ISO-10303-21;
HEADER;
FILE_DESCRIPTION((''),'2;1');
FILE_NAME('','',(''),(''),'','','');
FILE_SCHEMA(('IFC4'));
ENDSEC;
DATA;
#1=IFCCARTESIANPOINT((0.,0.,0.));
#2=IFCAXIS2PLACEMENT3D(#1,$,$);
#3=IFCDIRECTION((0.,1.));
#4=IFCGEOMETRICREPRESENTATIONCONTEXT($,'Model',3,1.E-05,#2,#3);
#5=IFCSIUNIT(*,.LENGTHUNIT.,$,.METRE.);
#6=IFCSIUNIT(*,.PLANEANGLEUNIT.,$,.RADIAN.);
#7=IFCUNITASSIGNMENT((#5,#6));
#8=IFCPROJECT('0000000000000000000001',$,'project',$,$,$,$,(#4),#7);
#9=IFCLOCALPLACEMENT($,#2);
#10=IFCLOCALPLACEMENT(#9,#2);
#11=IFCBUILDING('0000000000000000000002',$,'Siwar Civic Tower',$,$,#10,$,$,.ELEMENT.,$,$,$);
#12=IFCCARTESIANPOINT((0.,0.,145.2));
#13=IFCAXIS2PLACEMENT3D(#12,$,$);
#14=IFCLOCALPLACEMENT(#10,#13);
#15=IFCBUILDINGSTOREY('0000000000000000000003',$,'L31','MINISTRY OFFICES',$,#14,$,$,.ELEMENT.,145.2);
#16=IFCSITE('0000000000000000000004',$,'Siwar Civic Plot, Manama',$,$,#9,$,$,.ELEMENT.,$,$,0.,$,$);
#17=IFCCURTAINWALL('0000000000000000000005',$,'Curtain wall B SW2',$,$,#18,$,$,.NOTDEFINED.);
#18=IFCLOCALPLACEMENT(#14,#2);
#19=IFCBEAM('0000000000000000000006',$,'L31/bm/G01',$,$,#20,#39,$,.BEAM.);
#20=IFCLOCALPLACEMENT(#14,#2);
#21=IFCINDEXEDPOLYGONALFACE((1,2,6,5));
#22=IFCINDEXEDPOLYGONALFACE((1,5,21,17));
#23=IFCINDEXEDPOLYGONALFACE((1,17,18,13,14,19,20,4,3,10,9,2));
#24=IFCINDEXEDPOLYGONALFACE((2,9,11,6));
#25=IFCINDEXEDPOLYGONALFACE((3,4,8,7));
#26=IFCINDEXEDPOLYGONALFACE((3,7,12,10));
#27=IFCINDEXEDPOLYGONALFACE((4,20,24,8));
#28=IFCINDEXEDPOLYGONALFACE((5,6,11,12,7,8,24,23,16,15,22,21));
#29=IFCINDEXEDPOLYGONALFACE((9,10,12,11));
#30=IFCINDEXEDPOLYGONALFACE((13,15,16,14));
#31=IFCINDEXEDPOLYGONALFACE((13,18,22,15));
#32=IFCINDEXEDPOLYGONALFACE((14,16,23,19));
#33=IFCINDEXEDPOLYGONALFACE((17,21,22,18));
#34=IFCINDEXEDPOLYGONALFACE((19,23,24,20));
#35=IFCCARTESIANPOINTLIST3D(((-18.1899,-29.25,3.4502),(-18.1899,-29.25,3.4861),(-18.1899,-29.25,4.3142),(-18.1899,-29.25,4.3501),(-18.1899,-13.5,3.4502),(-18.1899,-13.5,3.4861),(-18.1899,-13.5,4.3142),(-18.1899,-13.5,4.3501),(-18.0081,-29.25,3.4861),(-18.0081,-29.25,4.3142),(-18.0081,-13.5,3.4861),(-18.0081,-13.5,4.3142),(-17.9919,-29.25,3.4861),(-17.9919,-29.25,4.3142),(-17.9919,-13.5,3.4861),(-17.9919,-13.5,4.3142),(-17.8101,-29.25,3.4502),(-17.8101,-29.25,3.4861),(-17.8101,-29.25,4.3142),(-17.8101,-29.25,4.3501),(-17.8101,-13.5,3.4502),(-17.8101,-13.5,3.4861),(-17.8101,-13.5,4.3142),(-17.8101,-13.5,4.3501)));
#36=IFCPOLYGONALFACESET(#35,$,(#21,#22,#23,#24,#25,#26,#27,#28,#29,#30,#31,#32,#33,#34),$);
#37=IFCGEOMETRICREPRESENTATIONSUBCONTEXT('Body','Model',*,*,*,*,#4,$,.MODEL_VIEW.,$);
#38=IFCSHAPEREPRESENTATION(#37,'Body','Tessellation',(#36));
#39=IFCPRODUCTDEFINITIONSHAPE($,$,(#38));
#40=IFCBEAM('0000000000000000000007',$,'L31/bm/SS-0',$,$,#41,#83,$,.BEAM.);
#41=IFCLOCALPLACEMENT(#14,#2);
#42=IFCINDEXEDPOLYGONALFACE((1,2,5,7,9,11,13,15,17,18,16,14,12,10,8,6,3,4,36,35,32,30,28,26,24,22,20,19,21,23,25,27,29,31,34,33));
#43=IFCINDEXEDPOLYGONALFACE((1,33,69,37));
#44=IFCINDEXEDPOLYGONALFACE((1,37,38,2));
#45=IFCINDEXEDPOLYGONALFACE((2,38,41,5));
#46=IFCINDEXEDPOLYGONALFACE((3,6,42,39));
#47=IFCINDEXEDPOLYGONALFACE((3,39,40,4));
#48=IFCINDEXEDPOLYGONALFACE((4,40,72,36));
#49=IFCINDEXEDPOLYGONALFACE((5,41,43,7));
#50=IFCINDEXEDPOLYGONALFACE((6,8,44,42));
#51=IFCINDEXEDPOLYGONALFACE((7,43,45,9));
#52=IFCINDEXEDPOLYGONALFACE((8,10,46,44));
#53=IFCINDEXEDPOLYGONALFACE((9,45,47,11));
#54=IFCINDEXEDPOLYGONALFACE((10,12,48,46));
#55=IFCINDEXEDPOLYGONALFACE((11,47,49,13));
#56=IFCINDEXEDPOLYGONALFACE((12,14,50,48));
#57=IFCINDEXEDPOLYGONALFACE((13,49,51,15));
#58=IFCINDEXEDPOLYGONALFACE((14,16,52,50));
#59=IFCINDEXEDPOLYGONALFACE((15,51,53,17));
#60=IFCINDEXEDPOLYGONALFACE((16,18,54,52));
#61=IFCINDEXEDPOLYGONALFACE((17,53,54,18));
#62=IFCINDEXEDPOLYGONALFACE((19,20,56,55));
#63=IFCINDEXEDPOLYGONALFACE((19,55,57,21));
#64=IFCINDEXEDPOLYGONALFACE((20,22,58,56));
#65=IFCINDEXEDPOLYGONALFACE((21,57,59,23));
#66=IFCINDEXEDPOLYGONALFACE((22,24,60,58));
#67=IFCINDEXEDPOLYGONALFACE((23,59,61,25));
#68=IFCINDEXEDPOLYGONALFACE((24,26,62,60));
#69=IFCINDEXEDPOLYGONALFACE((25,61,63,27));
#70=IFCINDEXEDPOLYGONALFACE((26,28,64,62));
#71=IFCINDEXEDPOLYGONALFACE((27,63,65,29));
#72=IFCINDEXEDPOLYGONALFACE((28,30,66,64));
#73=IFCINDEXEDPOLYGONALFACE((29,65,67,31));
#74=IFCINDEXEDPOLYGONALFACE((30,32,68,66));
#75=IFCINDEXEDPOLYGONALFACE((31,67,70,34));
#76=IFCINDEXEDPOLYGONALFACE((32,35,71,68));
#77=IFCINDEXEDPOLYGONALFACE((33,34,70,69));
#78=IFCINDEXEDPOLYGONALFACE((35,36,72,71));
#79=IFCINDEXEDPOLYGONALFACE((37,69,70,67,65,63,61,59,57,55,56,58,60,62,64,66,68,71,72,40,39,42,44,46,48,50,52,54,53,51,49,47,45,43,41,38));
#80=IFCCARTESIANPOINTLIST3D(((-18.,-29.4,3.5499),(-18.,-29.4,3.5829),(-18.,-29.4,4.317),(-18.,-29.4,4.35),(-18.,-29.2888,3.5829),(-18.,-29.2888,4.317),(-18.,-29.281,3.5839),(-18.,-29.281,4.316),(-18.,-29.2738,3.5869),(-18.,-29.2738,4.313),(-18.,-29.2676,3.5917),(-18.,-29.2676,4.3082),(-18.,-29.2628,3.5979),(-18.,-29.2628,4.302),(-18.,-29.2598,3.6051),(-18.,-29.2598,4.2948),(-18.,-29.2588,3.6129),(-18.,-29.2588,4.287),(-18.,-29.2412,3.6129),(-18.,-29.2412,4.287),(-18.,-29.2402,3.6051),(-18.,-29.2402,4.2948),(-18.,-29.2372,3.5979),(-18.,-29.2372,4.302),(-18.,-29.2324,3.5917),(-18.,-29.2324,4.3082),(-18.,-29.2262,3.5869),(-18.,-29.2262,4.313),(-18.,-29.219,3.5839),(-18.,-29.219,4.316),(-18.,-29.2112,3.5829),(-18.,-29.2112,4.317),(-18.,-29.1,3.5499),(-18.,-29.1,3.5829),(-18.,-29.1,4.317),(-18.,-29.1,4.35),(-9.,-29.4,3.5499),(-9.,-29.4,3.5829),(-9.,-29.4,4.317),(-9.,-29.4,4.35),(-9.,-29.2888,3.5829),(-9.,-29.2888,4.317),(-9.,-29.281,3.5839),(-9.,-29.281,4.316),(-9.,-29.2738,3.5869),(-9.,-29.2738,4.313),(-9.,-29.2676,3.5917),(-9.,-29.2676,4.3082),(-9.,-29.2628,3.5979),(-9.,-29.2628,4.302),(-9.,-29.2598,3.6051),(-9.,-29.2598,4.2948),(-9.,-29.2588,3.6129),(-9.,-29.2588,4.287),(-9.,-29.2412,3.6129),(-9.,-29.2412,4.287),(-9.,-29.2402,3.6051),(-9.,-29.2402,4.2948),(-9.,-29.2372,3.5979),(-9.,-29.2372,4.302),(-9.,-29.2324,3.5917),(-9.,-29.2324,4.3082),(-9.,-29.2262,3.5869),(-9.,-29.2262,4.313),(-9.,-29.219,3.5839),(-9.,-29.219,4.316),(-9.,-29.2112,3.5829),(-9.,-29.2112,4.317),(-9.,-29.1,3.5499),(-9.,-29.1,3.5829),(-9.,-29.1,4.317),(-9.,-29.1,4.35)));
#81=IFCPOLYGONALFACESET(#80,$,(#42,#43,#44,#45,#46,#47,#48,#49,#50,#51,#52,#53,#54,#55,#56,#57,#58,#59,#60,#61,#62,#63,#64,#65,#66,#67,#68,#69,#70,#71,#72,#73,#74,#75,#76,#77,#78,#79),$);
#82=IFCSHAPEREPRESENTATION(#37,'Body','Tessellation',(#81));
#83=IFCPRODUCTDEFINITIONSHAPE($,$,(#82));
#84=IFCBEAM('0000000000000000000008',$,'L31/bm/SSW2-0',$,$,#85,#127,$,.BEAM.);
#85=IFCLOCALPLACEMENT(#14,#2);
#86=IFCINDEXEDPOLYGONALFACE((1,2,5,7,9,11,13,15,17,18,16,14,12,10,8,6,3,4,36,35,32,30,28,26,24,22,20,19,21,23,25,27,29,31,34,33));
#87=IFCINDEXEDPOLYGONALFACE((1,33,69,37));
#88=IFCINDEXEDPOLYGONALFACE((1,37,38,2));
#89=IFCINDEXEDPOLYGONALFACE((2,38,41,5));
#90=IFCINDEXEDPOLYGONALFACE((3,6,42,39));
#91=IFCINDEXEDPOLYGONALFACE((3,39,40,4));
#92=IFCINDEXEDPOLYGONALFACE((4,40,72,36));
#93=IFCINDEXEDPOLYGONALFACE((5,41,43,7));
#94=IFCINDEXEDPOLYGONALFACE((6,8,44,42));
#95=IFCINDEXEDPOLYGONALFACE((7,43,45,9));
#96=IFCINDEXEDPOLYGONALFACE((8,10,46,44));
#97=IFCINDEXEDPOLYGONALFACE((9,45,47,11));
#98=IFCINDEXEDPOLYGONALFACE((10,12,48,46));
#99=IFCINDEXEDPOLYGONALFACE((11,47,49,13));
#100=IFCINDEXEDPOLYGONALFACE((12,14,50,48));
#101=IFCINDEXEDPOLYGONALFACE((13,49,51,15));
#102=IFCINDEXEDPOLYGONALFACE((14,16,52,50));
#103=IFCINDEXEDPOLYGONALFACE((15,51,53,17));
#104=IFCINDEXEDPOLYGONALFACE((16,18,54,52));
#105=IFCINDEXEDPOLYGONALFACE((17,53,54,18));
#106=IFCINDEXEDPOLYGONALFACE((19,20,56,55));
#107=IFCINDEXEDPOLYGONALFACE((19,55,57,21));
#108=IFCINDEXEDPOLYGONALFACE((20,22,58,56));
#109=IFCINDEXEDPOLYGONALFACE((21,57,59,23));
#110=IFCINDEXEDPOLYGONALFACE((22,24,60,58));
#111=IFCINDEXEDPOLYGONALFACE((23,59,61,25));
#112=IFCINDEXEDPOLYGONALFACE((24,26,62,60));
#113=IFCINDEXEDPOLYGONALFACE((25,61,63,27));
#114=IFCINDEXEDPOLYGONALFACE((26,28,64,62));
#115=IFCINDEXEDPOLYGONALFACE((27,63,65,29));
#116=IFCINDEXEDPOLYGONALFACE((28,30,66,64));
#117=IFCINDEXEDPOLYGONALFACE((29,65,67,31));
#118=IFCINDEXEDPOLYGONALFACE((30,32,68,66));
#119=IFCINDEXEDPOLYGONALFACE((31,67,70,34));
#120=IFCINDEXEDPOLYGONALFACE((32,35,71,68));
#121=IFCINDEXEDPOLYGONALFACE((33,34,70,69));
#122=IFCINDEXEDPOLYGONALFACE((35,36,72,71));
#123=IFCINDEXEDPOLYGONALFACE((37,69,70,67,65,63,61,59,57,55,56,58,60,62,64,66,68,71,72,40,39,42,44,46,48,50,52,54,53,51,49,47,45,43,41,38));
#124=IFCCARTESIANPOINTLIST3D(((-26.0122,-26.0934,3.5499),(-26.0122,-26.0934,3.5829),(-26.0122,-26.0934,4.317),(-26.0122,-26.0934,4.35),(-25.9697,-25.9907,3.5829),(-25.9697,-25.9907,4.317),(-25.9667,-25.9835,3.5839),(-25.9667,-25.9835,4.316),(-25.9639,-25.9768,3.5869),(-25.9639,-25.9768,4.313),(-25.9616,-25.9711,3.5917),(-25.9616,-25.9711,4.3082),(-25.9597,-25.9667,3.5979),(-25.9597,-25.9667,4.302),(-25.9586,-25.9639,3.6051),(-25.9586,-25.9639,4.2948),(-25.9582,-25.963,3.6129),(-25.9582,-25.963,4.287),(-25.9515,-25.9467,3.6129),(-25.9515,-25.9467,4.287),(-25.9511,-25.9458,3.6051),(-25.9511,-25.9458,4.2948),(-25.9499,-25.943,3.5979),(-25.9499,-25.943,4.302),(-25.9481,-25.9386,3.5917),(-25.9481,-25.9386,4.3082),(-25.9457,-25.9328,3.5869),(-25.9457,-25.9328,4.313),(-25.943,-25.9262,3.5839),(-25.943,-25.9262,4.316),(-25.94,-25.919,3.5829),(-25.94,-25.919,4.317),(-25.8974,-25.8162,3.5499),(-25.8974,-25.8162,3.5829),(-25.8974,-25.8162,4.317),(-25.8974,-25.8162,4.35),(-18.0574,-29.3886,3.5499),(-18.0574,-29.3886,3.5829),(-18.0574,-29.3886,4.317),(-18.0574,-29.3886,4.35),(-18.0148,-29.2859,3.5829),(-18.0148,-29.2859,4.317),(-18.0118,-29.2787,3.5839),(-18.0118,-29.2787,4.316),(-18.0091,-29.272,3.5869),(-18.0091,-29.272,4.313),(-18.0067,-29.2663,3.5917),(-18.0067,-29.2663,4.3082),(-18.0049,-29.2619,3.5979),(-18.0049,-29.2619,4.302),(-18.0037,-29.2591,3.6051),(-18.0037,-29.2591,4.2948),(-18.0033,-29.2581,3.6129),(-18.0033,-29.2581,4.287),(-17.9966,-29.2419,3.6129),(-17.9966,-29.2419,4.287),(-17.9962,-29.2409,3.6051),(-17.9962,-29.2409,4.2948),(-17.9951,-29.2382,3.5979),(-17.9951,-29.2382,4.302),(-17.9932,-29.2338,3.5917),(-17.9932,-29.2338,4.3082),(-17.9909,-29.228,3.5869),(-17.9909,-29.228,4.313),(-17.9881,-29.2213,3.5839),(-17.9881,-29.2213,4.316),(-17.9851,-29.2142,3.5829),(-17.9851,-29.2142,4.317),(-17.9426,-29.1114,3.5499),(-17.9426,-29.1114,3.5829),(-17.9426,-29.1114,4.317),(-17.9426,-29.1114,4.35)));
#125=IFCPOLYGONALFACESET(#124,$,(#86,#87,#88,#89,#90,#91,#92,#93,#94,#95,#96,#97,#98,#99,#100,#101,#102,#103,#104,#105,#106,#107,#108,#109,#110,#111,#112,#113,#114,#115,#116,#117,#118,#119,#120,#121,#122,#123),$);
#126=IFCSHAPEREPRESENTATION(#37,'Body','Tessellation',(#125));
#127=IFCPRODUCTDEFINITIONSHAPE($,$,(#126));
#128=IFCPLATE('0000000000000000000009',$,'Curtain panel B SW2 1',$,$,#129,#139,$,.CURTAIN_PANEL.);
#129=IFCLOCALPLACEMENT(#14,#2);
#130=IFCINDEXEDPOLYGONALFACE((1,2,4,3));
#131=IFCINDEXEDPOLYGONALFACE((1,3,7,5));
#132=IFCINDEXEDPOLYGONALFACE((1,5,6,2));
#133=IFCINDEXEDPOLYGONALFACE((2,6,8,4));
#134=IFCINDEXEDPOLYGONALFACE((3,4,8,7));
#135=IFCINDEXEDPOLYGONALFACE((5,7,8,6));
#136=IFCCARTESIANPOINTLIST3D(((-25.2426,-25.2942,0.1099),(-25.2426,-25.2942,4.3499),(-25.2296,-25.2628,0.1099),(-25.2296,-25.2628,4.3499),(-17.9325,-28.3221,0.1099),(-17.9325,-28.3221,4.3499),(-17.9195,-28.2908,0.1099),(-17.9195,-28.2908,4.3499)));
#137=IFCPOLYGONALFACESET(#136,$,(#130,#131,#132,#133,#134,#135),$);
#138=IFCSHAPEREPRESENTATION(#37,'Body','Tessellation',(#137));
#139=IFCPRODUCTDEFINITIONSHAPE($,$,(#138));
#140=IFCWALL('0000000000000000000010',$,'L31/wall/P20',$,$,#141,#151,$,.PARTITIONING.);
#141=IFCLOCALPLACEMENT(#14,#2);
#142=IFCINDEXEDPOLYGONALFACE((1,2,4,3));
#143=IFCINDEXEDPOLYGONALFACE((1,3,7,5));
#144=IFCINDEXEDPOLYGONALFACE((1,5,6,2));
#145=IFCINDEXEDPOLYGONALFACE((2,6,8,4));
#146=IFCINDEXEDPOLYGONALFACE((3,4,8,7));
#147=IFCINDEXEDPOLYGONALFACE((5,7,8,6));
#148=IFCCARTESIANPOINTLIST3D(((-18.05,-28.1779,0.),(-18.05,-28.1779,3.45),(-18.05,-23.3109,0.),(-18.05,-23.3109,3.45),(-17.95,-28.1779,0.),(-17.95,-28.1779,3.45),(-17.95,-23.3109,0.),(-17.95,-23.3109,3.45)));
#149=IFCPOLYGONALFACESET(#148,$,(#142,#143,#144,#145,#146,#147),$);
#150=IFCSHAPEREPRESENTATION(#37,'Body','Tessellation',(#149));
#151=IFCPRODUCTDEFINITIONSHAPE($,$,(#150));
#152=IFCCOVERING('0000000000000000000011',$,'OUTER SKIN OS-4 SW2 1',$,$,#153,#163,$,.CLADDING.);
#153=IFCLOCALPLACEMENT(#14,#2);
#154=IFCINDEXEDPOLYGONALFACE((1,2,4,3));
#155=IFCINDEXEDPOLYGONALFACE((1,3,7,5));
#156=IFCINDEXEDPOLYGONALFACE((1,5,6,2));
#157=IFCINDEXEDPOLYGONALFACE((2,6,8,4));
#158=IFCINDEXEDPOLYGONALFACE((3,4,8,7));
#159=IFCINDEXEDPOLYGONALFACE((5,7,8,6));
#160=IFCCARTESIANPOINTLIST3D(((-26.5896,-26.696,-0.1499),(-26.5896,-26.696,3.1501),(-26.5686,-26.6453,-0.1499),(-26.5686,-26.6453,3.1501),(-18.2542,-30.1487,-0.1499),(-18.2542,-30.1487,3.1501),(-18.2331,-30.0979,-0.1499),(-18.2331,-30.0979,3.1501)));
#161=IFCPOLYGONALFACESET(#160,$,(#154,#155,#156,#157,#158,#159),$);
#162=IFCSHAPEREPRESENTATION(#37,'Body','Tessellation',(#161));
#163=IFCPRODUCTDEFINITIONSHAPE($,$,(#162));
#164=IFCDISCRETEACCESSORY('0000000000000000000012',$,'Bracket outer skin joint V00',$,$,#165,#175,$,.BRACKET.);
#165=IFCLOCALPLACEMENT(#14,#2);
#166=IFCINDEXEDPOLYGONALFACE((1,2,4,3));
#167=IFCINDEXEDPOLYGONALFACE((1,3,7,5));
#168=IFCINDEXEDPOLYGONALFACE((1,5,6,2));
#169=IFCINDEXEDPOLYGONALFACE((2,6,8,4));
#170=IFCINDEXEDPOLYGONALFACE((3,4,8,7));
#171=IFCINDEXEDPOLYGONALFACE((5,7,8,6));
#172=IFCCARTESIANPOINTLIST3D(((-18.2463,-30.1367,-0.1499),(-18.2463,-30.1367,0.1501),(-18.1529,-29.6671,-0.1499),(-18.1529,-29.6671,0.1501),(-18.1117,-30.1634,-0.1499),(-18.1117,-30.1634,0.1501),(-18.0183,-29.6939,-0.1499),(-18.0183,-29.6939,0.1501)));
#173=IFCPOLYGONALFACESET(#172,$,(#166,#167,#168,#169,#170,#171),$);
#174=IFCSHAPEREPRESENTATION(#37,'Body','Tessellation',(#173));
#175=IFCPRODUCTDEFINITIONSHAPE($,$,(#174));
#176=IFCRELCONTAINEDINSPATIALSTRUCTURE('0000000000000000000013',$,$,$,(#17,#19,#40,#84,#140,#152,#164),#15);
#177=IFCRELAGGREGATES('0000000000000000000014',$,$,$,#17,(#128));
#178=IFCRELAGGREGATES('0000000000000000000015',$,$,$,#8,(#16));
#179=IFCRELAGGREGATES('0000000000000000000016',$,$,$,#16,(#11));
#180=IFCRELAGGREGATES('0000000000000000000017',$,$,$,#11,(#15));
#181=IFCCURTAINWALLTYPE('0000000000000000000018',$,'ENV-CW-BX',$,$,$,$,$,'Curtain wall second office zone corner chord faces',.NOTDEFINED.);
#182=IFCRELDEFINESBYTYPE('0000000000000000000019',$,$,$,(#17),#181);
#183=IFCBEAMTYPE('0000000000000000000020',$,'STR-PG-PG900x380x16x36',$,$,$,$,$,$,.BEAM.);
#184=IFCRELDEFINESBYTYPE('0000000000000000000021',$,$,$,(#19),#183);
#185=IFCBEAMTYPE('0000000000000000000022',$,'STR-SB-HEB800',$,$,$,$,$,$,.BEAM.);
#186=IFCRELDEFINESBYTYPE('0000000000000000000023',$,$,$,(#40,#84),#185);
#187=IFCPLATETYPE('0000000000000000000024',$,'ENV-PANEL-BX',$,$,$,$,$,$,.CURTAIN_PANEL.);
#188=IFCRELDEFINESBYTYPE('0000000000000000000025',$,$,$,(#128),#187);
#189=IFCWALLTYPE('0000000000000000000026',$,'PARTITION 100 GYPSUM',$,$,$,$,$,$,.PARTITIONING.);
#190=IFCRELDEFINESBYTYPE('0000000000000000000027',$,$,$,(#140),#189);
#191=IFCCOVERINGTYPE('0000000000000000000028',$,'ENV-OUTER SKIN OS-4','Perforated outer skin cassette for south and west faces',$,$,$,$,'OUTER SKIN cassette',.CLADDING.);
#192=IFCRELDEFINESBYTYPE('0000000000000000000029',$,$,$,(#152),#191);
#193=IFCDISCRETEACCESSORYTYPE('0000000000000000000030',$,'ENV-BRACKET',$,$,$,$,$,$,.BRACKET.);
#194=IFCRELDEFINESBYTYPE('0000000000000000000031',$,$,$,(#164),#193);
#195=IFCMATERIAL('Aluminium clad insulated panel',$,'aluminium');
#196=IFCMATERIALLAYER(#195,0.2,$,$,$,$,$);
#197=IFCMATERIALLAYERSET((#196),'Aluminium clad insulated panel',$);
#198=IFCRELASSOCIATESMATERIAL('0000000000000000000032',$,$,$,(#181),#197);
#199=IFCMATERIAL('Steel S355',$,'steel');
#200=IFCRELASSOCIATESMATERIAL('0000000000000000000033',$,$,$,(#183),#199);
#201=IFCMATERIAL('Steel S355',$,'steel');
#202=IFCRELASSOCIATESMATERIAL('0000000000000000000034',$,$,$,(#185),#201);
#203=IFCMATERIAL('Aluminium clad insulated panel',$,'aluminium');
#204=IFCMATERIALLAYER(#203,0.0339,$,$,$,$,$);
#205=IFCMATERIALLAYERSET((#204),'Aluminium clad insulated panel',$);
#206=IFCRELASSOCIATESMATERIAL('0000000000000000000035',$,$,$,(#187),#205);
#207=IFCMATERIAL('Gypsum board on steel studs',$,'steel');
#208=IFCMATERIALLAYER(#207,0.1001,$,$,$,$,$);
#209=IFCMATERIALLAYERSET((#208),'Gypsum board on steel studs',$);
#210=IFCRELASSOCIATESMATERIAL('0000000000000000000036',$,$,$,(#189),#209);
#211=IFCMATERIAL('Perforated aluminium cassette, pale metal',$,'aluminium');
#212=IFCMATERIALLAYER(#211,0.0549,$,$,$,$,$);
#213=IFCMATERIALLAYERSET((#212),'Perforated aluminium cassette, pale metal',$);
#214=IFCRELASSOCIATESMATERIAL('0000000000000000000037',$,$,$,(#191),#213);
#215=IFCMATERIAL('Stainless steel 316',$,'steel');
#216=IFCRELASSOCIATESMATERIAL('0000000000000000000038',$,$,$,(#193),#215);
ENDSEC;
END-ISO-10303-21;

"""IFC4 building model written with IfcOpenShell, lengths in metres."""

from ifc_helpers import new_model, si_unit, direction, frame, frame_2d, origin, origin_2d, place, context, subcontext, project, spatial, rectangle, i_section, extrude, material, layer, layer_set, material_profile, profile_set, type_object, element, aggregate, save


model = new_model("IFC4")

# Units and contexts
model_context = context("Model", 3, precision=1e-05, world=origin(), true_north=direction((0.0, 1.0)))
body_context = subcontext(model_context, "Body", "Model", "MODEL_VIEW")
ifc_project = project(units=[si_unit("LENGTHUNIT", "METRE"), si_unit("PLANEANGLEUNIT", "RADIAN")], contexts=[model_context])

# Site, building, storey
site_placement = place(None, origin())
site = spatial("IfcSite", under=ifc_project, at=site_placement, Name="Siwar Civic Plot, Manama", CompositionType="ELEMENT", RefElevation=0.0)
building_placement = place(site_placement, origin())
building = spatial("IfcBuilding", under=site, at=building_placement, Name="Siwar Civic Tower", CompositionType="ELEMENT")
storey_placement = place(building_placement, frame((0.0, 0.0, 145.2)))
storey = spatial("IfcBuildingStorey", under=building, at=storey_placement, Name="L31", Description="MINISTRY OFFICES", CompositionType="ELEMENT", Elevation=145.2)

# Curtain wall
ifc_material_1 = material(Name="Aluminium clad insulated panel", Category="aluminium")
ifc_layer_1 = layer(ifc_material_1, 0.2)
ifc_layer_set_1 = layer_set([ifc_layer_1], Name="Aluminium clad insulated panel")
curtain_wall_type = type_object("IfcCurtainWallType", Name="ENV-CW-BX", ElementType="Curtain wall second office zone corner chord faces", PredefinedType="NOTDEFINED", material=ifc_layer_set_1)
curtain_wall_placement = place(storey_placement, origin())
curtain_wall = element("IfcCurtainWall", 1, at=curtain_wall_placement, inside=storey, type_object=curtain_wall_type, Name="Curtain wall B SW2", PredefinedType="NOTDEFINED")

# Beams
ifc_material_2 = material(Name="Steel S355", Category="steel")
ifc_material_profile_1 = material_profile(ifc_material_2, i_section(OverallWidth=0.3799, OverallDepth=0.8999, WebThickness=0.0161, FlangeThickness=0.0359, at=origin_2d()), Name="PG900x380x16x36")
ifc_profile_set_1 = profile_set([ifc_material_profile_1], Name="Steel S355")
beam_type_1 = type_object("IfcBeamType", Name="STR-PG-PG900x380x16x36", PredefinedType="BEAM", material=ifc_profile_set_1)
beam_1_placement = place(storey_placement, frame((-18.0, -29.25, 3.9001), z_axis=(0.0, 1.0, 0.0), x_axis=(-1.0, 0.0, 0.0)))
element("IfcBeam", 2, at=beam_1_placement, inside=storey, type_object=beam_type_1, Name="L31/bm/G01", PredefinedType="BEAM", context=body_context, shape_type="SweptSolid", body=[
    extrude(i_section(OverallWidth=0.3799, OverallDepth=0.8999, WebThickness=0.0161, FlangeThickness=0.0359, at=origin_2d()), origin(), (0.0, 0.0, 1.0), 15.75),
])
ifc_material_3 = material(Name="Steel S355", Category="steel")
ifc_material_profile_2 = material_profile(ifc_material_3, i_section(OverallWidth=0.3, OverallDepth=0.8, WebThickness=0.0176, FlangeThickness=0.033, FilletRadius=0.03, at=origin_2d()), Name="HEB800")
ifc_profile_set_2 = profile_set([ifc_material_profile_2], Name="Steel S355")
beam_type_2 = type_object("IfcBeamType", Name="STR-SB-HEB800", PredefinedType="BEAM", material=ifc_profile_set_2)
beam_2_placement = place(storey_placement, frame((-18.0, -29.25, 3.95), z_axis=(1.0, 0.0, 0.0), x_axis=(0.0, 1.0, 0.0)))
element("IfcBeam", 3, at=beam_2_placement, inside=storey, type_object=beam_type_2, Name="L31/bm/SS-0", PredefinedType="BEAM", context=body_context, shape_type="SweptSolid", body=[
    extrude(i_section(OverallWidth=0.3, OverallDepth=0.8, WebThickness=0.0176, FlangeThickness=0.033, FilletRadius=0.03, at=origin_2d()), origin(), (0.0, 0.0, 1.0), 9.0),
])
beam_3_placement = place(storey_placement, frame((-25.9548, -25.9548, 3.95), z_axis=(0.923873, -0.3827, 0.0), x_axis=(0.3827, 0.923873, 0.0)))
element("IfcBeam", 4, at=beam_3_placement, inside=storey, type_object=beam_type_2, Name="L31/bm/SSW2-0", PredefinedType="BEAM", context=body_context, shape_type="SweptSolid", body=[
    extrude(i_section(OverallWidth=0.3, OverallDepth=0.8, WebThickness=0.0176, FlangeThickness=0.033, FilletRadius=0.03, at=origin_2d()), origin(), (0.0, 0.0, 1.0), 8.6104),
])

# Plate
ifc_material_4 = material(Name="Aluminium clad insulated panel", Category="aluminium")
ifc_layer_2 = layer(ifc_material_4, 0.0339)
ifc_layer_set_2 = layer_set([ifc_layer_2], Name="Aluminium clad insulated panel")
plate_type = type_object("IfcPlateType", Name="ENV-PANEL-BX", PredefinedType="CURTAIN_PANEL", material=ifc_layer_set_2)
plate_placement = place(storey_placement, frame((-21.5811, -26.7925, 0.1099), z_axis=(0.0, 0.0, 1.0), x_axis=(0.92388, -0.382683, 0.0)))
plate = element("IfcPlate", 5, at=plate_placement, type_object=plate_type, Name="Curtain panel B SW2 1", PredefinedType="CURTAIN_PANEL", context=body_context, shape_type="SweptSolid", body=[
    extrude(rectangle(XDim=7.9124, YDim=0.0339, at=origin_2d()), origin(), (0.0, 0.0, 1.0), 4.24),
])
aggregate(curtain_wall, [plate])

# Wall
ifc_material_5 = material(Name="Gypsum board on steel studs", Category="steel")
ifc_layer_3 = layer(ifc_material_5, 0.1001)
ifc_layer_set_3 = layer_set([ifc_layer_3], Name="Gypsum board on steel studs")
wall_type = type_object("IfcWallType", Name="PARTITION 100 GYPSUM", PredefinedType="PARTITIONING", material=ifc_layer_set_3)
wall_placement = place(storey_placement, frame((-18.0, -28.178, 0.0), z_axis=(0.0, 0.0, 1.0), x_axis=(0.0, 1.0, 0.0)))
element("IfcWall", 6, at=wall_placement, inside=storey, type_object=wall_type, Name="L31/wall/P20", PredefinedType="PARTITIONING", context=body_context, shape_type="SweptSolid", body=[
    extrude(rectangle(XDim=4.8669, YDim=0.1001, at=frame_2d((2.4336, 0.0))), origin(), (0.0, 0.0, 1.0), 3.45),
])

# Covering
ifc_material_6 = material(Name="Perforated aluminium cassette, pale metal", Category="aluminium")
ifc_layer_4 = layer(ifc_material_6, 0.0549)
ifc_layer_set_4 = layer_set([ifc_layer_4], Name="Perforated aluminium cassette, pale metal")
covering_type = type_object("IfcCoveringType", Name="ENV-OUTER SKIN OS-4", Description="Perforated outer skin cassette for south and west faces", ElementType="OUTER SKIN cassette", PredefinedType="CLADDING", material=ifc_layer_set_4)
covering_placement = place(storey_placement, frame((-22.4114, -28.397, -0.1499), z_axis=(0.0, 0.0, 1.0), x_axis=(0.92388, -0.382683, 0.0)))
element("IfcCovering", 7, at=covering_placement, inside=storey, type_object=covering_type, Name="OUTER SKIN OS-4 SW2 1", PredefinedType="CLADDING", context=body_context, shape_type="SweptSolid", body=[
    extrude(rectangle(XDim=9.0222, YDim=0.0549, at=origin_2d()), origin(), (0.0, 0.0, 1.0), 3.3),
])

# Discrete accessory
ifc_material_7 = material(Name="Stainless steel 316", Category="steel")
discrete_accessory_type = type_object("IfcDiscreteAccessoryType", Name="ENV-BRACKET", PredefinedType="BRACKET", material=ifc_material_7)
discrete_accessory_placement = place(storey_placement, frame((-18.1323, -29.9153, -0.1499), z_axis=(0.0, 0.0, 1.0), x_axis=(-0.19509, -0.980785, 0.0)))
element("IfcDiscreteAccessory", 8, at=discrete_accessory_placement, inside=storey, type_object=discrete_accessory_type, Name="Bracket outer skin joint V00", PredefinedType="BRACKET", context=body_context, shape_type="SweptSolid", body=[
    extrude(rectangle(XDim=0.4788, YDim=0.1372, at=origin_2d()), origin(), (0.0, 0.0, 1.0), 0.3),
])

save(model, "model.ifc")
